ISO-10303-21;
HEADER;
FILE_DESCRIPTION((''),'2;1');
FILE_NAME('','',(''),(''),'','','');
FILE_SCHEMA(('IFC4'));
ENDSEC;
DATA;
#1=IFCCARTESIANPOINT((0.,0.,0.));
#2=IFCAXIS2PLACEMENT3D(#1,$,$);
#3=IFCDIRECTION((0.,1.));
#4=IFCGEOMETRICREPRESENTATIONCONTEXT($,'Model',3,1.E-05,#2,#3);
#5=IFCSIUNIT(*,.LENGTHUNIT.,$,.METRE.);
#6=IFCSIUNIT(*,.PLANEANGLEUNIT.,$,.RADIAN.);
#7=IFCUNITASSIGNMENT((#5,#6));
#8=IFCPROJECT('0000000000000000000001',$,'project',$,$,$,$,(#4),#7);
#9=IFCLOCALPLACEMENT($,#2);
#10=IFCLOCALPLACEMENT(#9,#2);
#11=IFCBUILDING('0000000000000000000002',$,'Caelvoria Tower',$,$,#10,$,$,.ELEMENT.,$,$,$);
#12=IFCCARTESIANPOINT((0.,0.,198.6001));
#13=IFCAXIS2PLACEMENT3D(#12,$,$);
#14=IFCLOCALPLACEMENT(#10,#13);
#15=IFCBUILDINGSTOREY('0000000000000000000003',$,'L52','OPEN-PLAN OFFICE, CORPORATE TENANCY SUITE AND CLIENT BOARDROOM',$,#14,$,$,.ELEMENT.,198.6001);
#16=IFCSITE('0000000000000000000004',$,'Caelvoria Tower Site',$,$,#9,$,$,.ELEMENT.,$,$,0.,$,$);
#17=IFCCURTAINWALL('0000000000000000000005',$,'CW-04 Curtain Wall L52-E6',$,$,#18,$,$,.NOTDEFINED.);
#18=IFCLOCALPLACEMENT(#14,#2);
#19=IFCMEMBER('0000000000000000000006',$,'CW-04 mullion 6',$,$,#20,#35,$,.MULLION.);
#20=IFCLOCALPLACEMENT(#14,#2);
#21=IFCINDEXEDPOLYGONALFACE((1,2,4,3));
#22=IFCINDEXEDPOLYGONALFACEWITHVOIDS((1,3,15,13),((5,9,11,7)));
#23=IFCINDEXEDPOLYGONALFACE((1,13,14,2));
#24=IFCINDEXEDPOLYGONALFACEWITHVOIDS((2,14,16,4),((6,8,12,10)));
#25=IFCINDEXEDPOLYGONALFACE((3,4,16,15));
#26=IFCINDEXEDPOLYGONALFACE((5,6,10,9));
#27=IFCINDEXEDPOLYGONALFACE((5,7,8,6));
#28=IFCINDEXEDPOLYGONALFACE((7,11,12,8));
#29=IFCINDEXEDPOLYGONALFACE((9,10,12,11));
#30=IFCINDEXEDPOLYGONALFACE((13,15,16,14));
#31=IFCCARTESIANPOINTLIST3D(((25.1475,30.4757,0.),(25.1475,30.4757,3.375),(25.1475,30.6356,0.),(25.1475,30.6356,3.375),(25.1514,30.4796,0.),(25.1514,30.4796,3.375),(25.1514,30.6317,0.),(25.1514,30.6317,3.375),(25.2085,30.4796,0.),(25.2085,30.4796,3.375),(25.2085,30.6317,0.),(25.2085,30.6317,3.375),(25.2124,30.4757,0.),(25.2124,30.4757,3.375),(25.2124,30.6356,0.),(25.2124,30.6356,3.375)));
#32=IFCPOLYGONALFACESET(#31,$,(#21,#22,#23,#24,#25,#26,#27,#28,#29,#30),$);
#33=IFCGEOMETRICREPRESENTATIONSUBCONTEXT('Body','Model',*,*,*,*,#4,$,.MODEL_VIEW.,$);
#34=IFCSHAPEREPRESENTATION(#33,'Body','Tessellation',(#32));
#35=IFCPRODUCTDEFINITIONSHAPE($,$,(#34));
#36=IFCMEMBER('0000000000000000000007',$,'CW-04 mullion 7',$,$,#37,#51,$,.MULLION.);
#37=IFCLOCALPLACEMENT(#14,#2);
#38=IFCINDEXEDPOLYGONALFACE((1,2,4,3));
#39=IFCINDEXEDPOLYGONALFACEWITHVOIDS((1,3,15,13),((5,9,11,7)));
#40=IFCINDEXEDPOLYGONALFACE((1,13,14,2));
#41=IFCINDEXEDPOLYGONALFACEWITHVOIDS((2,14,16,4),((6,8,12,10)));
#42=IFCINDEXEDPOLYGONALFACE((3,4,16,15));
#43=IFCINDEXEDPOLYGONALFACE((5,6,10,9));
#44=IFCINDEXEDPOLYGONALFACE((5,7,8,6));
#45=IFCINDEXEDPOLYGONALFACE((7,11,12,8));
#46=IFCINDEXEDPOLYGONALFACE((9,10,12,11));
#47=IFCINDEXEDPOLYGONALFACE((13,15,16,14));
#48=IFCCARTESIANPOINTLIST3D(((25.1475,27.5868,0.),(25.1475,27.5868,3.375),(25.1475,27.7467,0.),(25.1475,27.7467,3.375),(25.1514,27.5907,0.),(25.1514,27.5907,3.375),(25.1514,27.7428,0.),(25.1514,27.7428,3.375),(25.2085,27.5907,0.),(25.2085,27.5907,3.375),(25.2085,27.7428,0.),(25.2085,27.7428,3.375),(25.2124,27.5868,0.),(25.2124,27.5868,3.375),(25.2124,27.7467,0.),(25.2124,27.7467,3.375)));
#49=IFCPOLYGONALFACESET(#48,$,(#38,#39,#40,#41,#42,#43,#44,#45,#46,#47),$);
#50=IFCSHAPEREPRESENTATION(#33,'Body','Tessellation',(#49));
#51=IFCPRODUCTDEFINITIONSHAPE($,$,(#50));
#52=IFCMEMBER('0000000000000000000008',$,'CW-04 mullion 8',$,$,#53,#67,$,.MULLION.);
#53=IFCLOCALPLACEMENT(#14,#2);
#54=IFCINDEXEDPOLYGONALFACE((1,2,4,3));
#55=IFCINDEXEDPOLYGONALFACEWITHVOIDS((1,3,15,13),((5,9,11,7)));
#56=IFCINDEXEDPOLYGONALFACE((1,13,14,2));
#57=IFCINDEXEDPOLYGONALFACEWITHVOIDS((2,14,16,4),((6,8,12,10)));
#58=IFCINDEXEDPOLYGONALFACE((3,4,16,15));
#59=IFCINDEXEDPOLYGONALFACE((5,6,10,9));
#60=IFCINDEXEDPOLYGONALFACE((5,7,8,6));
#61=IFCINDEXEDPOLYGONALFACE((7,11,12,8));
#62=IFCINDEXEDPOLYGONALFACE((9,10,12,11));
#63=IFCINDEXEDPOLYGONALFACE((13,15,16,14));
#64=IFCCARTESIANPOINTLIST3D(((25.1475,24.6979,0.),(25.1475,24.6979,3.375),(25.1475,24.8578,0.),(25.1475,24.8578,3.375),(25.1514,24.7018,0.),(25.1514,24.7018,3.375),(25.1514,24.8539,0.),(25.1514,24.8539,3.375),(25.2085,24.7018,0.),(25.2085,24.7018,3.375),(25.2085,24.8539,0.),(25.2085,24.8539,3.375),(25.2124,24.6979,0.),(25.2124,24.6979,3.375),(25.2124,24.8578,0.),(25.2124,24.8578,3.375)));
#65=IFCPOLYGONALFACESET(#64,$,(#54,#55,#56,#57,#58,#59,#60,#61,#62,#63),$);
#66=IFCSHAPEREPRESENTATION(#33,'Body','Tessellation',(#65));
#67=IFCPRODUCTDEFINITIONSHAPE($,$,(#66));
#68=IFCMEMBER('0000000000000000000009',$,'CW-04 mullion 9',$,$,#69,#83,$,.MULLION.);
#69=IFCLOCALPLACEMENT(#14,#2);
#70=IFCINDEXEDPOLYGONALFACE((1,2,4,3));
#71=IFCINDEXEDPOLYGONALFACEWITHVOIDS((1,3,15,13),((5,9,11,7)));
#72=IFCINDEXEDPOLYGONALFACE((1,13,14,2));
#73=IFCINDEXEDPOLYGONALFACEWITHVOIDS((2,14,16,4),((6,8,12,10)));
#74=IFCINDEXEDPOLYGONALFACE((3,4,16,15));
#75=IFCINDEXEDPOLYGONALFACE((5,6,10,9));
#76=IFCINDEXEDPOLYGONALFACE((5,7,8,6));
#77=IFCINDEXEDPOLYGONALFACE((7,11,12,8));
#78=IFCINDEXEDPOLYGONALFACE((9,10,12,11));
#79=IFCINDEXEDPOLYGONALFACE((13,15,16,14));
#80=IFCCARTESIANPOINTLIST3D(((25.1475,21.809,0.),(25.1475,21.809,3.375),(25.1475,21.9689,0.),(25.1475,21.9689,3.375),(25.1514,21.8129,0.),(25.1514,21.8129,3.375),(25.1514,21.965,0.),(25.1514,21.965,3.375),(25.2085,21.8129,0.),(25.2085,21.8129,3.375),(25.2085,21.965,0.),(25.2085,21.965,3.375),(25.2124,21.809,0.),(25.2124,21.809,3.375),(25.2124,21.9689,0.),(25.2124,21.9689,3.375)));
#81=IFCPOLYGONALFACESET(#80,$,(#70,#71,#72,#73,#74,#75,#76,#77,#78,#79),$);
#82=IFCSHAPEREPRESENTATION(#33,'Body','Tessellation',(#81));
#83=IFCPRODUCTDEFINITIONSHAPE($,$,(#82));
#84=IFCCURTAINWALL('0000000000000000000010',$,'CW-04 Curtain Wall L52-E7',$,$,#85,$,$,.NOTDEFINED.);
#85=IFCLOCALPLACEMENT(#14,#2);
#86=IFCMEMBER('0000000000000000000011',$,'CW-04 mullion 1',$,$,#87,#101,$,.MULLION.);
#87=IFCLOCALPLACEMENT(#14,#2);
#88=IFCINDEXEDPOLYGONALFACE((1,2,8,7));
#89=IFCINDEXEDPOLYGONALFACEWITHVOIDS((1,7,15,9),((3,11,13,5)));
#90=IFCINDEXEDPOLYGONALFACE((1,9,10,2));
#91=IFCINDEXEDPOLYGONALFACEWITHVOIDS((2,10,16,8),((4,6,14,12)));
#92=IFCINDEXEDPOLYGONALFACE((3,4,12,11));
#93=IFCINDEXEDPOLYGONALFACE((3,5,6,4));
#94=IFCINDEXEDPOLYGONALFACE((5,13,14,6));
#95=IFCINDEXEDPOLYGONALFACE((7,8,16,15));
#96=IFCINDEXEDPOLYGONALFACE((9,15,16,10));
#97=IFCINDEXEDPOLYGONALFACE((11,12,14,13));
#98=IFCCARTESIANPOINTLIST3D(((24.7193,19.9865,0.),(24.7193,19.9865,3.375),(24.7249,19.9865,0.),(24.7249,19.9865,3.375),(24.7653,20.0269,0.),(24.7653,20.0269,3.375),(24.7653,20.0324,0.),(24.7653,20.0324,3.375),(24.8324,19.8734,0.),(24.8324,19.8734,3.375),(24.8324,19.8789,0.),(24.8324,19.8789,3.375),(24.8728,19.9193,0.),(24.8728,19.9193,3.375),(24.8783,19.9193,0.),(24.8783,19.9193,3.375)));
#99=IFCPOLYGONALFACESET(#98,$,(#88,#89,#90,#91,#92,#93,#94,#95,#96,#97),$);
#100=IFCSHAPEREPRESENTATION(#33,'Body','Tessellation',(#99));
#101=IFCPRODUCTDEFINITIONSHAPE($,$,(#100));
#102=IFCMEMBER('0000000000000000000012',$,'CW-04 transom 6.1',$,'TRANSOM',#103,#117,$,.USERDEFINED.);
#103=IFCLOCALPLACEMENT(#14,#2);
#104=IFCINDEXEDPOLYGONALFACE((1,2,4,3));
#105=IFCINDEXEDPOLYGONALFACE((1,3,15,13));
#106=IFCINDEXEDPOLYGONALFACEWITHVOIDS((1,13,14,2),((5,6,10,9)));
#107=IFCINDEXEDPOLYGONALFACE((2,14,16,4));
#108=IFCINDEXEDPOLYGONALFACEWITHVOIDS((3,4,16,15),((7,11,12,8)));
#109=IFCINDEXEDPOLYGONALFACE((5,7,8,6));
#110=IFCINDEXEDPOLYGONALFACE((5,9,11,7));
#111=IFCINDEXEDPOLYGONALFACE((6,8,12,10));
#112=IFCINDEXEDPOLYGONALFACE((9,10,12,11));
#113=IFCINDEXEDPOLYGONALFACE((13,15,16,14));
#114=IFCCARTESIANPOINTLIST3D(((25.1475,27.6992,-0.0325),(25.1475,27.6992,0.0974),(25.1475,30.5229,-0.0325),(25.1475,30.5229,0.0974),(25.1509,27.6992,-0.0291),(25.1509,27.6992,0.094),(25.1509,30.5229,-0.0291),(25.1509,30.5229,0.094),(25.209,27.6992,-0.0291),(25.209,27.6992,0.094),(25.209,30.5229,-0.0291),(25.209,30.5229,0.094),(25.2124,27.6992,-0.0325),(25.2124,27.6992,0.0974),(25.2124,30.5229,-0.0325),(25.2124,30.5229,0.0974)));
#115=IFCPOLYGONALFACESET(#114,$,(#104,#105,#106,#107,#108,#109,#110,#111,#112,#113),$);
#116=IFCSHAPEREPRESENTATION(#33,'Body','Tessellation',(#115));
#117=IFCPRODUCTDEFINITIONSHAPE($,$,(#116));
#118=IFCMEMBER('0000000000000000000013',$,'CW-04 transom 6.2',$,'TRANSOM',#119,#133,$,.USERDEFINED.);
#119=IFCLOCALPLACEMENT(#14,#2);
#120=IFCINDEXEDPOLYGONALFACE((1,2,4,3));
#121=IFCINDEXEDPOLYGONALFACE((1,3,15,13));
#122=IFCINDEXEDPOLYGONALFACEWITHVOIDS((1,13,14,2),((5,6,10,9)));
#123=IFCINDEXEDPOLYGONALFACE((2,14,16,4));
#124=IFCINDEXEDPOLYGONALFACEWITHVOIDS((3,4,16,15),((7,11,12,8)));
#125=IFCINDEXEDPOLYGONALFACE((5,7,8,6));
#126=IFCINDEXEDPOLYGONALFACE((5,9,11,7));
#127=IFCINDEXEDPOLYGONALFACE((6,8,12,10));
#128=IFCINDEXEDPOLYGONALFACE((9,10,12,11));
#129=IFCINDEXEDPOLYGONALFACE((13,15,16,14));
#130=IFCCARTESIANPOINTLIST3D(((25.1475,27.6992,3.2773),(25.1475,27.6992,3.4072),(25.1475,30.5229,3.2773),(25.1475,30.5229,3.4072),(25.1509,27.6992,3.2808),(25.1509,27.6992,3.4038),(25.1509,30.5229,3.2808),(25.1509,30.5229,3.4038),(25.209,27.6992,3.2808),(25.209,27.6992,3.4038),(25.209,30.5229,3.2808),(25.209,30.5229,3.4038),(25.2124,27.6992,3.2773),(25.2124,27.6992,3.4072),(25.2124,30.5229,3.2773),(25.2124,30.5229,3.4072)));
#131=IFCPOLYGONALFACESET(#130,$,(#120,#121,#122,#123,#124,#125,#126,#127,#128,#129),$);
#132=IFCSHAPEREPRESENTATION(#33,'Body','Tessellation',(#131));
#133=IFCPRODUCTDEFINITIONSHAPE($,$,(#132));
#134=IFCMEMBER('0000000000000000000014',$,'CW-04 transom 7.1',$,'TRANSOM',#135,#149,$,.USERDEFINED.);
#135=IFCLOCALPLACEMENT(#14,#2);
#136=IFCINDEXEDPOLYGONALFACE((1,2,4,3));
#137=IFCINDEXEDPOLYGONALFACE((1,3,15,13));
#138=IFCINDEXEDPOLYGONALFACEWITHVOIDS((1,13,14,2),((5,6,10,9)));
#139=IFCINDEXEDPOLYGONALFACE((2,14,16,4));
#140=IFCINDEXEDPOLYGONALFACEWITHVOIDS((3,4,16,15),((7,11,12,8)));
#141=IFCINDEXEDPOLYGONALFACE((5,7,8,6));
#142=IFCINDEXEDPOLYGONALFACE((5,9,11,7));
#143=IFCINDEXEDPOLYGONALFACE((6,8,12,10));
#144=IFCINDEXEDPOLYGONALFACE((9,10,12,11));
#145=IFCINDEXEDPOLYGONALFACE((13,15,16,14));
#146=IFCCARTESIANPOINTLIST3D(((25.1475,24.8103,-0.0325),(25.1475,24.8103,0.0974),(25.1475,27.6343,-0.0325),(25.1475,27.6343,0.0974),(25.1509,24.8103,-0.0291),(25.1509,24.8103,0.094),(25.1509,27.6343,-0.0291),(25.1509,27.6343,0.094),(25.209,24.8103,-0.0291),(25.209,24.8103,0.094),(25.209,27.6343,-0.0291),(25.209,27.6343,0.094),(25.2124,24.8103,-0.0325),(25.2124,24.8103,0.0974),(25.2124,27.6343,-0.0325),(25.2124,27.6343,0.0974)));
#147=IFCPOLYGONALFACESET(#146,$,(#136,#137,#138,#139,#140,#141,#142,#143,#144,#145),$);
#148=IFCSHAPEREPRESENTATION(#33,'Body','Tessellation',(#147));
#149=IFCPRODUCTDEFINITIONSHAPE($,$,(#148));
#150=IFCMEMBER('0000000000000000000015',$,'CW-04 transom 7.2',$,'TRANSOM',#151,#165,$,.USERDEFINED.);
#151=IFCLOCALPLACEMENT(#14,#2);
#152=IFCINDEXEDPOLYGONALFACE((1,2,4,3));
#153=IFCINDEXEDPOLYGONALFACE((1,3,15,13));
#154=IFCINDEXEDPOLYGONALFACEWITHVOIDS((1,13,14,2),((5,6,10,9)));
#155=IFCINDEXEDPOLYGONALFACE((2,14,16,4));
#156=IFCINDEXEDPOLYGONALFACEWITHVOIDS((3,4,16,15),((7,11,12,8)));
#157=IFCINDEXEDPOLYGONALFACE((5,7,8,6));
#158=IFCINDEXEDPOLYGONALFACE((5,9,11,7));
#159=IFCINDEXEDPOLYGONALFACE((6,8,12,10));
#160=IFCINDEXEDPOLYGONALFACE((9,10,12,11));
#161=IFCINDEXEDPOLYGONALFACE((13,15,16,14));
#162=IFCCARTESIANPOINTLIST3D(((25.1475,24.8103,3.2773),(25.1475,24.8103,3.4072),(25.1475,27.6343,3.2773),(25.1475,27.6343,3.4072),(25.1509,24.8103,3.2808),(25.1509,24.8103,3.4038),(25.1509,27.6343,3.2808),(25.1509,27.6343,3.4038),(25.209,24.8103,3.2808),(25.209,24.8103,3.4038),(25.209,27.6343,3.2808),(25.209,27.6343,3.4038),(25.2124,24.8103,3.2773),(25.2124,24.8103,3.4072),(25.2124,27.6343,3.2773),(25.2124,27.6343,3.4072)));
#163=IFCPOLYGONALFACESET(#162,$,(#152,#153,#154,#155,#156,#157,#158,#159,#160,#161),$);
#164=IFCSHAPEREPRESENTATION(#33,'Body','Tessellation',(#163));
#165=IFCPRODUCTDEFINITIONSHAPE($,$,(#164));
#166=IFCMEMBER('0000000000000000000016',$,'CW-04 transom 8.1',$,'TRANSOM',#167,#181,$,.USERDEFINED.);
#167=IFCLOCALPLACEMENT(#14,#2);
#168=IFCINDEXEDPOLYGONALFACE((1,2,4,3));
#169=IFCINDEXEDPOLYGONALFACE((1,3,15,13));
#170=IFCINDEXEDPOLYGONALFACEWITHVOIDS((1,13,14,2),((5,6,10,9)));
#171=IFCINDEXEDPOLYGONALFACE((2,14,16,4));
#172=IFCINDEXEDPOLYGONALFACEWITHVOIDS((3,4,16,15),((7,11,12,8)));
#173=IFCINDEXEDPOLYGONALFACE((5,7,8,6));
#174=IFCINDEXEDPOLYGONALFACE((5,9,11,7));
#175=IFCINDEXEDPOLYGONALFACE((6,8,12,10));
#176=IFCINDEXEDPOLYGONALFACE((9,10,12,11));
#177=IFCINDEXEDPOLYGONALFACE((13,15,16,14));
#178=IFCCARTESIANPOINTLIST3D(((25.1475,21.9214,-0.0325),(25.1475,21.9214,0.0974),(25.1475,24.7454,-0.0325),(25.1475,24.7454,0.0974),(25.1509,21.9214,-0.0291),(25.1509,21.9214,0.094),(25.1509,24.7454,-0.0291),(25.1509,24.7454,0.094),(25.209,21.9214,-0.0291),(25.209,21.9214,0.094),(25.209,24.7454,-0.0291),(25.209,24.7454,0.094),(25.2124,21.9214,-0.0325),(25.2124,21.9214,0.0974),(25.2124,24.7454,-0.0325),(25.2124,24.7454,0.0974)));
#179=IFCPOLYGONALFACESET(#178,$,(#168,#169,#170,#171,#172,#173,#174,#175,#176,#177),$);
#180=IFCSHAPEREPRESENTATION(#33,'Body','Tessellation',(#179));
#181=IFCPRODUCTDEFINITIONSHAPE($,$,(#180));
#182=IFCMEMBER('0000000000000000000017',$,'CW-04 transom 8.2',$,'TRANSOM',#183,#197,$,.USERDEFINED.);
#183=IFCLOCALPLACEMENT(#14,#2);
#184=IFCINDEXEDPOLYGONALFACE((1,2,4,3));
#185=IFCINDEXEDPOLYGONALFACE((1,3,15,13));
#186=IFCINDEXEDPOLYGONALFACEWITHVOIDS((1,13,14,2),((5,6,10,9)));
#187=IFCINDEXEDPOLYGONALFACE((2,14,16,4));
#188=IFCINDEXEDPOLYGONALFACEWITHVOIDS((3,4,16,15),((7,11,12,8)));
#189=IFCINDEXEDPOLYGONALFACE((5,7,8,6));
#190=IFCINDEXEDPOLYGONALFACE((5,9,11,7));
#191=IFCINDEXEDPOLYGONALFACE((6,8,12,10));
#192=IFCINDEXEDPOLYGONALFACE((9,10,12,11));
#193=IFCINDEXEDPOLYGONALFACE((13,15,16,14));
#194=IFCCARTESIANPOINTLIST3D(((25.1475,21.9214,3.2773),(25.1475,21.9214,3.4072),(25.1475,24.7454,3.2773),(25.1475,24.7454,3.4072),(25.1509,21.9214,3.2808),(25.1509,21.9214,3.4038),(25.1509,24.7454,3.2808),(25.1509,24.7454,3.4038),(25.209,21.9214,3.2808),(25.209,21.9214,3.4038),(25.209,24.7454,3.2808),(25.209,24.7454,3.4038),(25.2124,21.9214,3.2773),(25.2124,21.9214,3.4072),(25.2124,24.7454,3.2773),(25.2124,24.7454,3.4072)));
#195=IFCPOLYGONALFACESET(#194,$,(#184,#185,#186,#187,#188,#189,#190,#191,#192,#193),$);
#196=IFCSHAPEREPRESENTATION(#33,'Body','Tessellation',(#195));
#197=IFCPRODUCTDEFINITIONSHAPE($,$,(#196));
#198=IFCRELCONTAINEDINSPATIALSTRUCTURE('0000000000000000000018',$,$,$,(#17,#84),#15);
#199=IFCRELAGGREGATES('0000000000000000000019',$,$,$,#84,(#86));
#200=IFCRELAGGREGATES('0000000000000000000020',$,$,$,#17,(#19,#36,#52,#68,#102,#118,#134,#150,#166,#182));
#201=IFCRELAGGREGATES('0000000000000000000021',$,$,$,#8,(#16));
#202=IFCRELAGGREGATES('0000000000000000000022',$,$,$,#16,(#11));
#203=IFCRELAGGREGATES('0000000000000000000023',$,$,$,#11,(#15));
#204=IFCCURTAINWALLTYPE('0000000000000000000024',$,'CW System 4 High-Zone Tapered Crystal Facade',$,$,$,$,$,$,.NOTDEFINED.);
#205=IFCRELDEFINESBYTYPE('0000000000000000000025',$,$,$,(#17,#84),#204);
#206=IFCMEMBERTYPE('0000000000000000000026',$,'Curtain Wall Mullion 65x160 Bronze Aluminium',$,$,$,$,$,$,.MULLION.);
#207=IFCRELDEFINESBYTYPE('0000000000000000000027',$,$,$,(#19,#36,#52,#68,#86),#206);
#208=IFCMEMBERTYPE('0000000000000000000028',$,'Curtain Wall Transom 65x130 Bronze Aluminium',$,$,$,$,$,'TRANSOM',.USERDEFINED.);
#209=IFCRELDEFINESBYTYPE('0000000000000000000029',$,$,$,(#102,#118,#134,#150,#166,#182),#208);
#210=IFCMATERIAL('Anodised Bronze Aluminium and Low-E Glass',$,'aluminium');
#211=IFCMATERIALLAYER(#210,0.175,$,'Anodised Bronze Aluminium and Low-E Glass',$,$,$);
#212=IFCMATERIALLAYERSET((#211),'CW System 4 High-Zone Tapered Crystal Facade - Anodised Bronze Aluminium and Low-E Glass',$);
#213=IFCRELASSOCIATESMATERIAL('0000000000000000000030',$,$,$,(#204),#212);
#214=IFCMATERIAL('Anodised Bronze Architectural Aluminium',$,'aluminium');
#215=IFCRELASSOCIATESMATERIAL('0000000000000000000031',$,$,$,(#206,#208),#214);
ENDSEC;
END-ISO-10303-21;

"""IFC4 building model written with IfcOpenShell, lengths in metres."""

from ifc_helpers import new_model, si_unit, direction, frame, origin, origin_2d, place, context, subcontext, project, spatial, hollow_rectangle, extrude, material, layer, layer_set, material_profile, profile_set, type_object, element, aggregate, save


model = new_model("IFC4")

# Units and contexts
model_context = context("Model", 3, precision=1e-05, world=origin(), true_north=direction((0.0, 1.0)))
body_context = subcontext(model_context, "Body", "Model", "MODEL_VIEW")
ifc_project = project(units=[si_unit("LENGTHUNIT", "METRE"), si_unit("PLANEANGLEUNIT", "RADIAN")], contexts=[model_context])

# Site, building, storey
site_placement = place(None, origin())
site = spatial("IfcSite", under=ifc_project, at=site_placement, Name="Caelvoria Tower Site", CompositionType="ELEMENT", RefElevation=0.0)
building_placement = place(site_placement, origin())
building = spatial("IfcBuilding", under=site, at=building_placement, Name="Caelvoria Tower", CompositionType="ELEMENT")
storey_placement = place(building_placement, frame((0.0, 0.0, 198.6001)))
storey = spatial("IfcBuildingStorey", under=building, at=storey_placement, Name="L52", Description="OPEN-PLAN OFFICE, CORPORATE TENANCY SUITE AND CLIENT BOARDROOM", CompositionType="ELEMENT", Elevation=198.6001)

# Curtain wall, members
ifc_material_1 = material(Name="Anodised Bronze Aluminium and Low-E Glass", Category="aluminium")
ifc_layer_1 = layer(ifc_material_1, 0.175, Name="Anodised Bronze Aluminium and Low-E Glass")
ifc_layer_set_1 = layer_set([ifc_layer_1], Name="CW System 4 High-Zone Tapered Crystal Facade - Anodised Bronze Aluminium and Low-E Glass")
curtain_wall_type = type_object("IfcCurtainWallType", Name="CW System 4 High-Zone Tapered Crystal Facade", PredefinedType="NOTDEFINED", material=ifc_layer_set_1)
curtain_wall_1_placement = place(storey_placement, origin())
curtain_wall_1 = element("IfcCurtainWall", 1, at=curtain_wall_1_placement, inside=storey, type_object=curtain_wall_type, Name="CW-04 Curtain Wall L52-E6", PredefinedType="NOTDEFINED")
ifc_material_2 = material(Name="Anodised Bronze Architectural Aluminium", Category="aluminium")
ifc_material_profile_1 = material_profile(ifc_material_2, hollow_rectangle(XDim=0.0649, YDim=0.1599, WallThickness=0.0039, at=origin_2d()), Name="Anodised Bronze Architectural Aluminium")
ifc_profile_set_1 = profile_set([ifc_material_profile_1], Name="CW_MULL_65X160 - Anodised Bronze Architectural Aluminium")
member_type_1 = type_object("IfcMemberType", Name="Curtain Wall Mullion 65x160 Bronze Aluminium", PredefinedType="MULLION", material=ifc_profile_set_1)
member_1_placement = place(storey_placement, frame((25.1799, 30.5557, 0.0), z_axis=(0.0, 0.0, 1.0), x_axis=(1.0, 0.0, 0.0)))
member_1 = element("IfcMember", 2, at=member_1_placement, type_object=member_type_1, Name="CW-04 mullion 6", PredefinedType="MULLION", context=body_context, shape_type="SweptSolid", body=[
    extrude(hollow_rectangle(XDim=0.0649, YDim=0.1599, WallThickness=0.0039, at=origin_2d()), origin(), (0.0, 0.0, 1.0), 3.375),
])
member_2_placement = place(storey_placement, frame((25.1799, 27.6667, 0.0), z_axis=(0.0, 0.0, 1.0), x_axis=(1.0, 0.0, 0.0)))
member_2 = element("IfcMember", 3, at=member_2_placement, type_object=member_type_1, Name="CW-04 mullion 7", PredefinedType="MULLION", context=body_context, shape_type="SweptSolid", body=[
    extrude(hollow_rectangle(XDim=0.0649, YDim=0.1599, WallThickness=0.0039, at=origin_2d()), origin(), (0.0, 0.0, 1.0), 3.375),
])
member_3_placement = place(storey_placement, frame((25.1799, 24.7778, 0.0), z_axis=(0.0, 0.0, 1.0), x_axis=(1.0, 0.0, 0.0)))
member_3 = element("IfcMember", 4, at=member_3_placement, type_object=member_type_1, Name="CW-04 mullion 8", PredefinedType="MULLION", context=body_context, shape_type="SweptSolid", body=[
    extrude(hollow_rectangle(XDim=0.0649, YDim=0.1599, WallThickness=0.0039, at=origin_2d()), origin(), (0.0, 0.0, 1.0), 3.375),
])
member_4_placement = place(storey_placement, frame((25.1799, 21.8889, 0.0), z_axis=(0.0, 0.0, 1.0), x_axis=(1.0, 0.0, 0.0)))
member_4 = element("IfcMember", 5, at=member_4_placement, type_object=member_type_1, Name="CW-04 mullion 9", PredefinedType="MULLION", context=body_context, shape_type="SweptSolid", body=[
    extrude(hollow_rectangle(XDim=0.0649, YDim=0.1599, WallThickness=0.0039, at=origin_2d()), origin(), (0.0, 0.0, 1.0), 3.375),
])

# Curtain wall, member
curtain_wall_2_placement = place(storey_placement, origin())
curtain_wall_2 = element("IfcCurtainWall", 6, at=curtain_wall_2_placement, inside=storey, type_object=curtain_wall_type, Name="CW-04 Curtain Wall L52-E7", PredefinedType="NOTDEFINED")
member_5_placement = place(storey_placement, frame((24.7988, 19.9529, 0.0), z_axis=(0.0, 0.0, 1.0), x_axis=(0.707107, 0.707107, 0.0)))
member_5 = element("IfcMember", 7, at=member_5_placement, type_object=member_type_1, Name="CW-04 mullion 1", PredefinedType="MULLION", context=body_context, shape_type="SweptSolid", body=[
    extrude(hollow_rectangle(XDim=0.0649, YDim=0.1599, WallThickness=0.0039, at=origin_2d()), origin(), (0.0, 0.0, 1.0), 3.375),
])

# Members
ifc_material_profile_2 = material_profile(ifc_material_2, hollow_rectangle(XDim=0.0649, YDim=0.1299, WallThickness=0.0034, at=origin_2d()), Name="Anodised Bronze Architectural Aluminium")
ifc_profile_set_2 = profile_set([ifc_material_profile_2], Name="CW_TRAN_65X130 - Anodised Bronze Architectural Aluminium")
member_type_2 = type_object("IfcMemberType", Name="Curtain Wall Transom 65x130 Bronze Aluminium", ElementType="TRANSOM", PredefinedType="USERDEFINED", material=ifc_profile_set_2)
member_6_placement = place(storey_placement, frame((25.1799, 30.5229, 0.0325), z_axis=(0.0, -1.0, 0.0), x_axis=(1.0, 0.0, 0.0)))
member_6 = element("IfcMember", 8, at=member_6_placement, type_object=member_type_2, Name="CW-04 transom 6.1", ObjectType="TRANSOM", PredefinedType="USERDEFINED", context=body_context, shape_type="SweptSolid", body=[
    extrude(hollow_rectangle(XDim=0.0649, YDim=0.1299, WallThickness=0.0034, at=origin_2d()), origin(), (0.0, 0.0, 1.0), 2.8237),
])
member_7_placement = place(storey_placement, frame((25.1799, 30.5229, 3.3423), z_axis=(0.0, -1.0, 0.0), x_axis=(1.0, 0.0, 0.0)))
member_7 = element("IfcMember", 9, at=member_7_placement, type_object=member_type_2, Name="CW-04 transom 6.2", ObjectType="TRANSOM", PredefinedType="USERDEFINED", context=body_context, shape_type="SweptSolid", body=[
    extrude(hollow_rectangle(XDim=0.0649, YDim=0.1299, WallThickness=0.0034, at=origin_2d()), origin(), (0.0, 0.0, 1.0), 2.8237),
])
member_8_placement = place(storey_placement, frame((25.1799, 27.6343, 0.0325), z_axis=(0.0, -1.0, 0.0), x_axis=(1.0, 0.0, 0.0)))
member_8 = element("IfcMember", 10, at=member_8_placement, type_object=member_type_2, Name="CW-04 transom 7.1", ObjectType="TRANSOM", PredefinedType="USERDEFINED", context=body_context, shape_type="SweptSolid", body=[
    extrude(hollow_rectangle(XDim=0.0649, YDim=0.1299, WallThickness=0.0034, at=origin_2d()), origin(), (0.0, 0.0, 1.0), 2.824),
])
member_9_placement = place(storey_placement, frame((25.1799, 27.6343, 3.3423), z_axis=(0.0, -1.0, 0.0), x_axis=(1.0, 0.0, 0.0)))
member_9 = element("IfcMember", 11, at=member_9_placement, type_object=member_type_2, Name="CW-04 transom 7.2", ObjectType="TRANSOM", PredefinedType="USERDEFINED", context=body_context, shape_type="SweptSolid", body=[
    extrude(hollow_rectangle(XDim=0.0649, YDim=0.1299, WallThickness=0.0034, at=origin_2d()), origin(), (0.0, 0.0, 1.0), 2.824),
])
member_10_placement = place(storey_placement, frame((25.1799, 24.7454, 0.0325), z_axis=(0.0, -1.0, 0.0), x_axis=(1.0, 0.0, 0.0)))
member_10 = element("IfcMember", 12, at=member_10_placement, type_object=member_type_2, Name="CW-04 transom 8.1", ObjectType="TRANSOM", PredefinedType="USERDEFINED", context=body_context, shape_type="SweptSolid", body=[
    extrude(hollow_rectangle(XDim=0.0649, YDim=0.1299, WallThickness=0.0034, at=origin_2d()), origin(), (0.0, 0.0, 1.0), 2.824),
])
member_11_placement = place(storey_placement, frame((25.1799, 24.7454, 3.3423), z_axis=(0.0, -1.0, 0.0), x_axis=(1.0, 0.0, 0.0)))
member_11 = element("IfcMember", 13, at=member_11_placement, type_object=member_type_2, Name="CW-04 transom 8.2", ObjectType="TRANSOM", PredefinedType="USERDEFINED", context=body_context, shape_type="SweptSolid", body=[
    extrude(hollow_rectangle(XDim=0.0649, YDim=0.1299, WallThickness=0.0034, at=origin_2d()), origin(), (0.0, 0.0, 1.0), 2.824),
])
aggregate(curtain_wall_2, [member_5])

aggregate(curtain_wall_1, [member_1, member_2, member_3, member_4, member_6, member_7, member_8, member_9, member_10, member_11])

save(model, "model.ifc")
